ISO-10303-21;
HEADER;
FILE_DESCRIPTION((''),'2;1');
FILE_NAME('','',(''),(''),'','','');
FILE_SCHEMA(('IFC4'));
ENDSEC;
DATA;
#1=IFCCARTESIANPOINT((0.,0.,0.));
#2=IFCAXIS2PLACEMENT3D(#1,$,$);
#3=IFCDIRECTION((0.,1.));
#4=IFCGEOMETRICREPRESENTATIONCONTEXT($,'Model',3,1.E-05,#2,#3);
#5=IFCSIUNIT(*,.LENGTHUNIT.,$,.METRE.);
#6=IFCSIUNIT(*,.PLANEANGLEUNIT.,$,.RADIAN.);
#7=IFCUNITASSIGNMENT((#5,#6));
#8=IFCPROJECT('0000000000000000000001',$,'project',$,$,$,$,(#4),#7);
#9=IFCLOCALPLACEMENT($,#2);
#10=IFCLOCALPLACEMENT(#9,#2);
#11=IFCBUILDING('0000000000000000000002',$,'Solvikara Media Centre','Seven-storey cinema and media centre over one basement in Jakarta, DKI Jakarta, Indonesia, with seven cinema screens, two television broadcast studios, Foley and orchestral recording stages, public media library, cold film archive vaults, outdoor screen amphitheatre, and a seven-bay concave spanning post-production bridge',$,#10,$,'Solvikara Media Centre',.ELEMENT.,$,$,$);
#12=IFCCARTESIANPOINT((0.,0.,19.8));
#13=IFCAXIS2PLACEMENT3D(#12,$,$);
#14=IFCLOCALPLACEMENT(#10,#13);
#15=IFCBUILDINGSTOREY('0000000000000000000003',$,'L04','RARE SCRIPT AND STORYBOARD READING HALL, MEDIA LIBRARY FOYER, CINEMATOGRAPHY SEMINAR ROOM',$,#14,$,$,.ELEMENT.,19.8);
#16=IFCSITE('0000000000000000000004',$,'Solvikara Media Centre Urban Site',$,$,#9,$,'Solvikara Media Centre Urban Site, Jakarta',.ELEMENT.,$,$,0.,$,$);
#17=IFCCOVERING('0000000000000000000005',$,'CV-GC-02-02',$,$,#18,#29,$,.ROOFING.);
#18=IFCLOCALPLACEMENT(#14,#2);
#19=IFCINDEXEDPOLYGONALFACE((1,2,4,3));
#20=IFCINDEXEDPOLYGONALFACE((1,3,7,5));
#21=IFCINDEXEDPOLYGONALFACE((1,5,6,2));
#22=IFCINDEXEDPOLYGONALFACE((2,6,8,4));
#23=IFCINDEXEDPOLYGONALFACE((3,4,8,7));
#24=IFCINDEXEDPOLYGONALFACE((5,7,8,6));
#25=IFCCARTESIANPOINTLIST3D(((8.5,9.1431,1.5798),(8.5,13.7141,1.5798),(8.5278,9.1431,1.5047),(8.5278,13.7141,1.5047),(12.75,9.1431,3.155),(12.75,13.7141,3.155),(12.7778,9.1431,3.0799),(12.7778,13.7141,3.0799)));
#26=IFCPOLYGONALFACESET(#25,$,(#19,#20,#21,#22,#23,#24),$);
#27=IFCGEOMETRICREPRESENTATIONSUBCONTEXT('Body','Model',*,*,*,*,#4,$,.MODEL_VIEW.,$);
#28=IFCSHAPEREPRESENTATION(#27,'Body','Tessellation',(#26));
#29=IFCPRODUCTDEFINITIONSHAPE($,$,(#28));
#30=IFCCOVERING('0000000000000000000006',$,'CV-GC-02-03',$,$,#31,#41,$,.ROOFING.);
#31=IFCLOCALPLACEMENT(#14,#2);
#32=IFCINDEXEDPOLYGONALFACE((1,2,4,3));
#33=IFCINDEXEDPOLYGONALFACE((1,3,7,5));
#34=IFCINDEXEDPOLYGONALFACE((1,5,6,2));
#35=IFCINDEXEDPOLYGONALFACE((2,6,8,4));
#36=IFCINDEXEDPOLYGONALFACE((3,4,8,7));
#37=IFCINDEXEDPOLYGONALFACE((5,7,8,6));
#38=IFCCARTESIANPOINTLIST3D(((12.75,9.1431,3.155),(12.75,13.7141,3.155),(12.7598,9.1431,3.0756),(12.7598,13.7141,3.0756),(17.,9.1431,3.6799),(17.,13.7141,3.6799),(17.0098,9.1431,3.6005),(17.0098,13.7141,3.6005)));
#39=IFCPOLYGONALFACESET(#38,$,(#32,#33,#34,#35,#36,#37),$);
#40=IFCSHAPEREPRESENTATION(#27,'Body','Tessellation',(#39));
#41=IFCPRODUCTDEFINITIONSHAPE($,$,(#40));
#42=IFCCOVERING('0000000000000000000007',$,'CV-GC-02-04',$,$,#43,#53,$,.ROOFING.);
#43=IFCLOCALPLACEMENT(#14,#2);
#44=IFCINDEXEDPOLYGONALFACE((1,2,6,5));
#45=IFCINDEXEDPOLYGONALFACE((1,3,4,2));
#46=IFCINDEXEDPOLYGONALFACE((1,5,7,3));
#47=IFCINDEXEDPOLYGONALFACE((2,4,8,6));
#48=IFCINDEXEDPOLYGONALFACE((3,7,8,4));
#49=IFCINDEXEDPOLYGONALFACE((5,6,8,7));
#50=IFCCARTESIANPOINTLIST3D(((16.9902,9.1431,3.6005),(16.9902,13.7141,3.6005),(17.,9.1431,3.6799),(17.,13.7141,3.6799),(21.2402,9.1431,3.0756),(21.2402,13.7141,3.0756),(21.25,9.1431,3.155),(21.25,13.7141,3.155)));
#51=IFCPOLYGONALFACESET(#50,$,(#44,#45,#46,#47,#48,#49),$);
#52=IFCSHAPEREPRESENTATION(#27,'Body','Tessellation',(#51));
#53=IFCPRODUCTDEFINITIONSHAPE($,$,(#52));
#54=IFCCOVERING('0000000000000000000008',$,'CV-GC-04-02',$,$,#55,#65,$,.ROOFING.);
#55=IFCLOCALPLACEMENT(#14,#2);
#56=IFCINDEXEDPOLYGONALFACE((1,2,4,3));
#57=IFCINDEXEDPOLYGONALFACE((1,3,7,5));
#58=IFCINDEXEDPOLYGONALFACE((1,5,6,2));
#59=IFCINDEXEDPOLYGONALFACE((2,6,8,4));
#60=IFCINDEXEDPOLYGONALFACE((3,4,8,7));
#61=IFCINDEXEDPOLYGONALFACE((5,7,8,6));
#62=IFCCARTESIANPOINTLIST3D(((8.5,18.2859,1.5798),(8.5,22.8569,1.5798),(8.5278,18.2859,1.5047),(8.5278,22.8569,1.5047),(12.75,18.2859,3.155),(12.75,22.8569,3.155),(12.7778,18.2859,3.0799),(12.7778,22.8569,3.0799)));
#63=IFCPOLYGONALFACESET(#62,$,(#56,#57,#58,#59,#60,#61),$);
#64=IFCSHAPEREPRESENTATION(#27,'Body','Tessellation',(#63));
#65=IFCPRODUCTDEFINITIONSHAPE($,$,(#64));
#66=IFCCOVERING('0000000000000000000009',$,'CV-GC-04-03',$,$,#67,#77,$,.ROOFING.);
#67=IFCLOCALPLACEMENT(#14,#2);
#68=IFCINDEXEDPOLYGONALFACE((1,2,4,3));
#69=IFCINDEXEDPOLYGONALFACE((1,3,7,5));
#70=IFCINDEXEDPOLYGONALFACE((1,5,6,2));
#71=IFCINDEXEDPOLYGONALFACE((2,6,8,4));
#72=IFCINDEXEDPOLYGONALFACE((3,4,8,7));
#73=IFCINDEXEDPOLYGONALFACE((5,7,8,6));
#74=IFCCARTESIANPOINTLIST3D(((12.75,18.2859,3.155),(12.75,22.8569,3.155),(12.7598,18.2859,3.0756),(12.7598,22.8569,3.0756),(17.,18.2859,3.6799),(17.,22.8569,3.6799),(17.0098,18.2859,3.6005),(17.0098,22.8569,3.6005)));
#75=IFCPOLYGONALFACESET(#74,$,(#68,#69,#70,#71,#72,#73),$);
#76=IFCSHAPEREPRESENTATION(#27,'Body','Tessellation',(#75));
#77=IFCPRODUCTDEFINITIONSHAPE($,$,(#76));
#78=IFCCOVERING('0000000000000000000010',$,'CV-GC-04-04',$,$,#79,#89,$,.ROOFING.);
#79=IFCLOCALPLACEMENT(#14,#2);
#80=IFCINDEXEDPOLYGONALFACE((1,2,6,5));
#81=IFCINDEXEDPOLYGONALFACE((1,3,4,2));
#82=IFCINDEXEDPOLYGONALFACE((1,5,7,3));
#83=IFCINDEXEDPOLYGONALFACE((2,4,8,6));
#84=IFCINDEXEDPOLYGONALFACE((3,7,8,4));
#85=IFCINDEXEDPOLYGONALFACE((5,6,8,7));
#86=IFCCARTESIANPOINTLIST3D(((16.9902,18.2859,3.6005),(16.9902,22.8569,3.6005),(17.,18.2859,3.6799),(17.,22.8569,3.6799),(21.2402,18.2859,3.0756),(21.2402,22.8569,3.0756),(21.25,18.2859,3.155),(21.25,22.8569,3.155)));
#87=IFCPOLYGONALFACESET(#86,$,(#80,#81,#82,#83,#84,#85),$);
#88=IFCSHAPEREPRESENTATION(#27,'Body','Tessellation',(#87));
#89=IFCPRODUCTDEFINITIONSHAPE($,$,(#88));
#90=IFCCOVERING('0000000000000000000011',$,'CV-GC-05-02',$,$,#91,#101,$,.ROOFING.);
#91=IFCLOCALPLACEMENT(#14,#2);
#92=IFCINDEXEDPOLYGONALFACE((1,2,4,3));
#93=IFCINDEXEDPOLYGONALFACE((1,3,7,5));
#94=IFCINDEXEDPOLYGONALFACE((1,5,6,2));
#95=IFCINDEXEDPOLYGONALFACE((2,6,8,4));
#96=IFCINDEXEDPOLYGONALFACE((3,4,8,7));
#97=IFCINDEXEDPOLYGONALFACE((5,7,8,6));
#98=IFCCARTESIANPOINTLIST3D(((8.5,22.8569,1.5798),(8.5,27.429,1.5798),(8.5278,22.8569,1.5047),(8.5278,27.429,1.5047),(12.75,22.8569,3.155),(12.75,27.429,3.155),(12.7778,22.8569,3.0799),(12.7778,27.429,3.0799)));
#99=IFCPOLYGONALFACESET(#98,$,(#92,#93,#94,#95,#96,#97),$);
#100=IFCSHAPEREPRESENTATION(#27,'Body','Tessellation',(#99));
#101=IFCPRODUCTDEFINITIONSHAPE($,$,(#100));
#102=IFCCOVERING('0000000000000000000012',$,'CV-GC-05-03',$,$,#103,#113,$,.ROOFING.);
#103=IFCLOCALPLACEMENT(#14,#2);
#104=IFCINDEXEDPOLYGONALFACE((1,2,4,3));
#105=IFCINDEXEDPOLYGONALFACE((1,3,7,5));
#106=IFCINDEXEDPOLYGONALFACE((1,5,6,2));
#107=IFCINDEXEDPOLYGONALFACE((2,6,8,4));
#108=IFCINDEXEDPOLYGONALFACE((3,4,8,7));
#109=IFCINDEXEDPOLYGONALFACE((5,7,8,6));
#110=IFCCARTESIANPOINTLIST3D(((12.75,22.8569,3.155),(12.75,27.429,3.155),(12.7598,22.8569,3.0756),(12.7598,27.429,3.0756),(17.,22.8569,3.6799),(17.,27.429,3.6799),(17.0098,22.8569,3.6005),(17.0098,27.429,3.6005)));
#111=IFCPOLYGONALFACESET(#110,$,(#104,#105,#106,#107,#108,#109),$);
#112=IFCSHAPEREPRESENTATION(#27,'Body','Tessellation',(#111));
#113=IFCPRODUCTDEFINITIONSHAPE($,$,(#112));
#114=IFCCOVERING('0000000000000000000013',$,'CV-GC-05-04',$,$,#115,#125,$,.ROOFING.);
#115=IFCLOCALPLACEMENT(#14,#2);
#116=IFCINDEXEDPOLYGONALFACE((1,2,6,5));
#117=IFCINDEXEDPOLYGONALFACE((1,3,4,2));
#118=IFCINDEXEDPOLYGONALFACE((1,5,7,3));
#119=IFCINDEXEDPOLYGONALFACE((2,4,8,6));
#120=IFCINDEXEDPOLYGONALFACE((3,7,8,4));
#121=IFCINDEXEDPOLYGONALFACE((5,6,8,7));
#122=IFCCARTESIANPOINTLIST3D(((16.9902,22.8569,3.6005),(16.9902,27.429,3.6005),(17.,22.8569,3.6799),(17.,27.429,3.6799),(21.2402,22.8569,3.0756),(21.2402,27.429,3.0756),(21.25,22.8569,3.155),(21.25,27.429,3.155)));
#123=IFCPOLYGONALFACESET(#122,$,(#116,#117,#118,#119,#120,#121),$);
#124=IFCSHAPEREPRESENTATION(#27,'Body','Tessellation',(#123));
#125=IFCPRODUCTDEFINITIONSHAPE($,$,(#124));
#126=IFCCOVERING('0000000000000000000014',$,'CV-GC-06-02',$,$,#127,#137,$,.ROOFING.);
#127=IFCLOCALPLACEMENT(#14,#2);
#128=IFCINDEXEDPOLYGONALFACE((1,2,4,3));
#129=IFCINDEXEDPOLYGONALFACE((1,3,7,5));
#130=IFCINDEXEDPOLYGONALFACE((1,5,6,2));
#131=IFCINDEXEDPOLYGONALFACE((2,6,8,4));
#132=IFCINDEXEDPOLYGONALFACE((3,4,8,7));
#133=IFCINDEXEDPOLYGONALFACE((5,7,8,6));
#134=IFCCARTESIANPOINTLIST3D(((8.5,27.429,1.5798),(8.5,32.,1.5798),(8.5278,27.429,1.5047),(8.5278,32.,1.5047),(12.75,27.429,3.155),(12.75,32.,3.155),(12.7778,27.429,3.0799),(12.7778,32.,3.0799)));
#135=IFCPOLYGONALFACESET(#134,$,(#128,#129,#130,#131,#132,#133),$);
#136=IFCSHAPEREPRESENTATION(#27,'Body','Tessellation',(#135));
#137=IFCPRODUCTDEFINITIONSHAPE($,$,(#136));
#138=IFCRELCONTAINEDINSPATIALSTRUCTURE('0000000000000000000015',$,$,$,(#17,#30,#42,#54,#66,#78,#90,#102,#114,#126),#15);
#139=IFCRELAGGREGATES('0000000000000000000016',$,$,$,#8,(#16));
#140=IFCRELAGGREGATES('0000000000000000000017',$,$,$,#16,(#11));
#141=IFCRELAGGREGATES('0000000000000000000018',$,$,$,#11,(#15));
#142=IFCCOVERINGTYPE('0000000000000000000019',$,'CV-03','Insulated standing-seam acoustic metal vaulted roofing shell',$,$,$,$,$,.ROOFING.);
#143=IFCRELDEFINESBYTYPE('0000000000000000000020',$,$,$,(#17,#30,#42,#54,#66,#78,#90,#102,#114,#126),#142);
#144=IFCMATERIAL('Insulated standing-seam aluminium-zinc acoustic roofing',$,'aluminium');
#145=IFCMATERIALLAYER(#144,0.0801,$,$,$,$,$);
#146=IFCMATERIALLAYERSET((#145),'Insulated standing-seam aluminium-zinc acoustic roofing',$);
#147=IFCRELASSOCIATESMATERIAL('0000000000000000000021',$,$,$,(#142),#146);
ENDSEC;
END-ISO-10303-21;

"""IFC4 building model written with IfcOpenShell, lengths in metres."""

from ifc_helpers import new_model, si_unit, direction, frame, origin, place, context, subcontext, project, spatial, polyline, outline, extrude, material, layer, layer_set, type_object, element, save


model = new_model("IFC4")

# Units and contexts
model_context = context("Model", 3, precision=1e-05, world=origin(), true_north=direction((0.0, 1.0)))
body_context = subcontext(model_context, "Body", "Model", "MODEL_VIEW")
ifc_project = project(units=[si_unit("LENGTHUNIT", "METRE"), si_unit("PLANEANGLEUNIT", "RADIAN")], contexts=[model_context])

# Site, building, storey
site_placement = place(None, origin())
site = spatial("IfcSite", under=ifc_project, at=site_placement, Name="Solvikara Media Centre Urban Site", LongName="Solvikara Media Centre Urban Site, Jakarta", CompositionType="ELEMENT", RefElevation=0.0)
building_placement = place(site_placement, origin())
building = spatial("IfcBuilding", under=site, at=building_placement, Name="Solvikara Media Centre", Description="Seven-storey cinema and media centre over one basement in Jakarta, DKI Jakarta, Indonesia, with seven cinema screens, two television broadcast studios, Foley and orchestral recording stages, public media library, cold film archive vaults, outdoor screen amphitheatre, and a seven-bay concave spanning post-production bridge", LongName="Solvikara Media Centre", CompositionType="ELEMENT")
storey_placement = place(building_placement, frame((0.0, 0.0, 19.8)))
storey = spatial("IfcBuildingStorey", under=building, at=storey_placement, Name="L04", Description="RARE SCRIPT AND STORYBOARD READING HALL, MEDIA LIBRARY FOYER, CINEMATOGRAPHY SEMINAR ROOM", CompositionType="ELEMENT", Elevation=19.8)

# Shared definitions
ifc_material = material(Name="Insulated standing-seam aluminium-zinc acoustic roofing", Category="aluminium")

# Coverings
ifc_layer_1 = layer(ifc_material, 0.0801)
ifc_layer_set_1 = layer_set([ifc_layer_1], Name="Insulated standing-seam aluminium-zinc acoustic roofing")
covering_type = type_object("IfcCoveringType", Name="CV-03", Description="Insulated standing-seam acoustic metal vaulted roofing shell", PredefinedType="ROOFING", material=ifc_layer_set_1)
covering_1_placement = place(storey_placement, frame((8.5, 9.1431, 1.5798), z_axis=(-0.347532, 0.0, 0.937668), x_axis=(0.937668, 0.0, 0.347532)))
element("IfcCovering", 1, at=covering_1_placement, inside=storey, type_object=covering_type, Name="CV-GC-02-02", PredefinedType="ROOFING", context=body_context, shape_type="SweptSolid", body=[
    extrude(outline(polyline([(0.0, 0.0), (4.5325, 0.0), (4.5325, 4.571), (0.0, 4.571), (0.0, 0.0)])), origin(), (0.0, 0.0, -1.0), 0.0801),
])
for number, where, z_axis, x_axis, name in (
    (2, (12.75, 9.1431, 3.155), (-0.122575, 0.0, 0.992459), (0.992459, 0.0, 0.122575), "CV-GC-02-03"),
    (3, (17.0, 9.1431, 3.6799), (0.122575, 0.0, 0.992459), (0.992459, 0.0, -0.122575), "CV-GC-02-04"),
):
    element("IfcCovering", number, at=place(storey_placement, frame(where, z_axis=z_axis, x_axis=x_axis)), inside=storey, type_object=covering_type, Name=name, PredefinedType="ROOFING", context=body_context, shape_type="SweptSolid", body=[
        extrude(outline(polyline([(0.0, 0.0), (4.2823, 0.0), (4.2823, 4.571), (0.0, 4.571), (0.0, 0.0)])), origin(), (0.0, 0.0, -1.0), 0.0801),
    ])
covering_2_placement = place(storey_placement, frame((8.5, 18.2859, 1.5798), z_axis=(-0.347532, 0.0, 0.937668), x_axis=(0.937668, 0.0, 0.347532)))
element("IfcCovering", 4, at=covering_2_placement, inside=storey, type_object=covering_type, Name="CV-GC-04-02", PredefinedType="ROOFING", context=body_context, shape_type="SweptSolid", body=[
    extrude(outline(polyline([(0.0, 0.0), (4.5325, 0.0), (4.5325, 4.571), (0.0, 4.571), (0.0, 0.0)])), origin(), (0.0, 0.0, -1.0), 0.0801),
])
for number, where, z_axis, x_axis, name in (
    (5, (12.75, 18.2859, 3.155), (-0.122575, 0.0, 0.992459), (0.992459, 0.0, 0.122575), "CV-GC-04-03"),
    (6, (17.0, 18.2859, 3.6799), (0.122575, 0.0, 0.992459), (0.992459, 0.0, -0.122575), "CV-GC-04-04"),
):
    element("IfcCovering", number, at=place(storey_placement, frame(where, z_axis=z_axis, x_axis=x_axis)), inside=storey, type_object=covering_type, Name=name, PredefinedType="ROOFING", context=body_context, shape_type="SweptSolid", body=[
        extrude(outline(polyline([(0.0, 0.0), (4.2823, 0.0), (4.2823, 4.571), (0.0, 4.571), (0.0, 0.0)])), origin(), (0.0, 0.0, -1.0), 0.0801),
    ])
covering_3_placement = place(storey_placement, frame((8.5, 22.8569, 1.5798), z_axis=(-0.347532, 0.0, 0.937668), x_axis=(0.937668, 0.0, 0.347532)))
element("IfcCovering", 7, at=covering_3_placement, inside=storey, type_object=covering_type, Name="CV-GC-05-02", PredefinedType="ROOFING", context=body_context, shape_type="SweptSolid", body=[
    extrude(outline(polyline([(0.0, 0.0), (4.5325, 0.0), (4.5325, 4.572), (0.0, 4.572), (0.0, 0.0)])), origin(), (0.0, 0.0, -1.0), 0.0801),
])
for number, where, z_axis, x_axis, name in (
    (8, (12.75, 22.8569, 3.155), (-0.122575, 0.0, 0.992459), (0.992459, 0.0, 0.122575), "CV-GC-05-03"),
    (9, (17.0, 22.8569, 3.6799), (0.122575, 0.0, 0.992459), (0.992459, 0.0, -0.122575), "CV-GC-05-04"),
):
    element("IfcCovering", number, at=place(storey_placement, frame(where, z_axis=z_axis, x_axis=x_axis)), inside=storey, type_object=covering_type, Name=name, PredefinedType="ROOFING", context=body_context, shape_type="SweptSolid", body=[
        extrude(outline(polyline([(0.0, 0.0), (4.2823, 0.0), (4.2823, 4.572), (0.0, 4.572), (0.0, 0.0)])), origin(), (0.0, 0.0, -1.0), 0.0801),
    ])
covering_4_placement = place(storey_placement, frame((8.5, 27.429, 1.5798), z_axis=(-0.347532, 0.0, 0.937668), x_axis=(0.937668, 0.0, 0.347532)))
element("IfcCovering", 10, at=covering_4_placement, inside=storey, type_object=covering_type, Name="CV-GC-06-02", PredefinedType="ROOFING", context=body_context, shape_type="SweptSolid", body=[
    extrude(outline(polyline([(0.0, 0.0), (4.5325, 0.0), (4.5325, 4.571), (0.0, 4.571), (0.0, 0.0)])), origin(), (0.0, 0.0, -1.0), 0.0801),
])

save(model, "model.ifc")
